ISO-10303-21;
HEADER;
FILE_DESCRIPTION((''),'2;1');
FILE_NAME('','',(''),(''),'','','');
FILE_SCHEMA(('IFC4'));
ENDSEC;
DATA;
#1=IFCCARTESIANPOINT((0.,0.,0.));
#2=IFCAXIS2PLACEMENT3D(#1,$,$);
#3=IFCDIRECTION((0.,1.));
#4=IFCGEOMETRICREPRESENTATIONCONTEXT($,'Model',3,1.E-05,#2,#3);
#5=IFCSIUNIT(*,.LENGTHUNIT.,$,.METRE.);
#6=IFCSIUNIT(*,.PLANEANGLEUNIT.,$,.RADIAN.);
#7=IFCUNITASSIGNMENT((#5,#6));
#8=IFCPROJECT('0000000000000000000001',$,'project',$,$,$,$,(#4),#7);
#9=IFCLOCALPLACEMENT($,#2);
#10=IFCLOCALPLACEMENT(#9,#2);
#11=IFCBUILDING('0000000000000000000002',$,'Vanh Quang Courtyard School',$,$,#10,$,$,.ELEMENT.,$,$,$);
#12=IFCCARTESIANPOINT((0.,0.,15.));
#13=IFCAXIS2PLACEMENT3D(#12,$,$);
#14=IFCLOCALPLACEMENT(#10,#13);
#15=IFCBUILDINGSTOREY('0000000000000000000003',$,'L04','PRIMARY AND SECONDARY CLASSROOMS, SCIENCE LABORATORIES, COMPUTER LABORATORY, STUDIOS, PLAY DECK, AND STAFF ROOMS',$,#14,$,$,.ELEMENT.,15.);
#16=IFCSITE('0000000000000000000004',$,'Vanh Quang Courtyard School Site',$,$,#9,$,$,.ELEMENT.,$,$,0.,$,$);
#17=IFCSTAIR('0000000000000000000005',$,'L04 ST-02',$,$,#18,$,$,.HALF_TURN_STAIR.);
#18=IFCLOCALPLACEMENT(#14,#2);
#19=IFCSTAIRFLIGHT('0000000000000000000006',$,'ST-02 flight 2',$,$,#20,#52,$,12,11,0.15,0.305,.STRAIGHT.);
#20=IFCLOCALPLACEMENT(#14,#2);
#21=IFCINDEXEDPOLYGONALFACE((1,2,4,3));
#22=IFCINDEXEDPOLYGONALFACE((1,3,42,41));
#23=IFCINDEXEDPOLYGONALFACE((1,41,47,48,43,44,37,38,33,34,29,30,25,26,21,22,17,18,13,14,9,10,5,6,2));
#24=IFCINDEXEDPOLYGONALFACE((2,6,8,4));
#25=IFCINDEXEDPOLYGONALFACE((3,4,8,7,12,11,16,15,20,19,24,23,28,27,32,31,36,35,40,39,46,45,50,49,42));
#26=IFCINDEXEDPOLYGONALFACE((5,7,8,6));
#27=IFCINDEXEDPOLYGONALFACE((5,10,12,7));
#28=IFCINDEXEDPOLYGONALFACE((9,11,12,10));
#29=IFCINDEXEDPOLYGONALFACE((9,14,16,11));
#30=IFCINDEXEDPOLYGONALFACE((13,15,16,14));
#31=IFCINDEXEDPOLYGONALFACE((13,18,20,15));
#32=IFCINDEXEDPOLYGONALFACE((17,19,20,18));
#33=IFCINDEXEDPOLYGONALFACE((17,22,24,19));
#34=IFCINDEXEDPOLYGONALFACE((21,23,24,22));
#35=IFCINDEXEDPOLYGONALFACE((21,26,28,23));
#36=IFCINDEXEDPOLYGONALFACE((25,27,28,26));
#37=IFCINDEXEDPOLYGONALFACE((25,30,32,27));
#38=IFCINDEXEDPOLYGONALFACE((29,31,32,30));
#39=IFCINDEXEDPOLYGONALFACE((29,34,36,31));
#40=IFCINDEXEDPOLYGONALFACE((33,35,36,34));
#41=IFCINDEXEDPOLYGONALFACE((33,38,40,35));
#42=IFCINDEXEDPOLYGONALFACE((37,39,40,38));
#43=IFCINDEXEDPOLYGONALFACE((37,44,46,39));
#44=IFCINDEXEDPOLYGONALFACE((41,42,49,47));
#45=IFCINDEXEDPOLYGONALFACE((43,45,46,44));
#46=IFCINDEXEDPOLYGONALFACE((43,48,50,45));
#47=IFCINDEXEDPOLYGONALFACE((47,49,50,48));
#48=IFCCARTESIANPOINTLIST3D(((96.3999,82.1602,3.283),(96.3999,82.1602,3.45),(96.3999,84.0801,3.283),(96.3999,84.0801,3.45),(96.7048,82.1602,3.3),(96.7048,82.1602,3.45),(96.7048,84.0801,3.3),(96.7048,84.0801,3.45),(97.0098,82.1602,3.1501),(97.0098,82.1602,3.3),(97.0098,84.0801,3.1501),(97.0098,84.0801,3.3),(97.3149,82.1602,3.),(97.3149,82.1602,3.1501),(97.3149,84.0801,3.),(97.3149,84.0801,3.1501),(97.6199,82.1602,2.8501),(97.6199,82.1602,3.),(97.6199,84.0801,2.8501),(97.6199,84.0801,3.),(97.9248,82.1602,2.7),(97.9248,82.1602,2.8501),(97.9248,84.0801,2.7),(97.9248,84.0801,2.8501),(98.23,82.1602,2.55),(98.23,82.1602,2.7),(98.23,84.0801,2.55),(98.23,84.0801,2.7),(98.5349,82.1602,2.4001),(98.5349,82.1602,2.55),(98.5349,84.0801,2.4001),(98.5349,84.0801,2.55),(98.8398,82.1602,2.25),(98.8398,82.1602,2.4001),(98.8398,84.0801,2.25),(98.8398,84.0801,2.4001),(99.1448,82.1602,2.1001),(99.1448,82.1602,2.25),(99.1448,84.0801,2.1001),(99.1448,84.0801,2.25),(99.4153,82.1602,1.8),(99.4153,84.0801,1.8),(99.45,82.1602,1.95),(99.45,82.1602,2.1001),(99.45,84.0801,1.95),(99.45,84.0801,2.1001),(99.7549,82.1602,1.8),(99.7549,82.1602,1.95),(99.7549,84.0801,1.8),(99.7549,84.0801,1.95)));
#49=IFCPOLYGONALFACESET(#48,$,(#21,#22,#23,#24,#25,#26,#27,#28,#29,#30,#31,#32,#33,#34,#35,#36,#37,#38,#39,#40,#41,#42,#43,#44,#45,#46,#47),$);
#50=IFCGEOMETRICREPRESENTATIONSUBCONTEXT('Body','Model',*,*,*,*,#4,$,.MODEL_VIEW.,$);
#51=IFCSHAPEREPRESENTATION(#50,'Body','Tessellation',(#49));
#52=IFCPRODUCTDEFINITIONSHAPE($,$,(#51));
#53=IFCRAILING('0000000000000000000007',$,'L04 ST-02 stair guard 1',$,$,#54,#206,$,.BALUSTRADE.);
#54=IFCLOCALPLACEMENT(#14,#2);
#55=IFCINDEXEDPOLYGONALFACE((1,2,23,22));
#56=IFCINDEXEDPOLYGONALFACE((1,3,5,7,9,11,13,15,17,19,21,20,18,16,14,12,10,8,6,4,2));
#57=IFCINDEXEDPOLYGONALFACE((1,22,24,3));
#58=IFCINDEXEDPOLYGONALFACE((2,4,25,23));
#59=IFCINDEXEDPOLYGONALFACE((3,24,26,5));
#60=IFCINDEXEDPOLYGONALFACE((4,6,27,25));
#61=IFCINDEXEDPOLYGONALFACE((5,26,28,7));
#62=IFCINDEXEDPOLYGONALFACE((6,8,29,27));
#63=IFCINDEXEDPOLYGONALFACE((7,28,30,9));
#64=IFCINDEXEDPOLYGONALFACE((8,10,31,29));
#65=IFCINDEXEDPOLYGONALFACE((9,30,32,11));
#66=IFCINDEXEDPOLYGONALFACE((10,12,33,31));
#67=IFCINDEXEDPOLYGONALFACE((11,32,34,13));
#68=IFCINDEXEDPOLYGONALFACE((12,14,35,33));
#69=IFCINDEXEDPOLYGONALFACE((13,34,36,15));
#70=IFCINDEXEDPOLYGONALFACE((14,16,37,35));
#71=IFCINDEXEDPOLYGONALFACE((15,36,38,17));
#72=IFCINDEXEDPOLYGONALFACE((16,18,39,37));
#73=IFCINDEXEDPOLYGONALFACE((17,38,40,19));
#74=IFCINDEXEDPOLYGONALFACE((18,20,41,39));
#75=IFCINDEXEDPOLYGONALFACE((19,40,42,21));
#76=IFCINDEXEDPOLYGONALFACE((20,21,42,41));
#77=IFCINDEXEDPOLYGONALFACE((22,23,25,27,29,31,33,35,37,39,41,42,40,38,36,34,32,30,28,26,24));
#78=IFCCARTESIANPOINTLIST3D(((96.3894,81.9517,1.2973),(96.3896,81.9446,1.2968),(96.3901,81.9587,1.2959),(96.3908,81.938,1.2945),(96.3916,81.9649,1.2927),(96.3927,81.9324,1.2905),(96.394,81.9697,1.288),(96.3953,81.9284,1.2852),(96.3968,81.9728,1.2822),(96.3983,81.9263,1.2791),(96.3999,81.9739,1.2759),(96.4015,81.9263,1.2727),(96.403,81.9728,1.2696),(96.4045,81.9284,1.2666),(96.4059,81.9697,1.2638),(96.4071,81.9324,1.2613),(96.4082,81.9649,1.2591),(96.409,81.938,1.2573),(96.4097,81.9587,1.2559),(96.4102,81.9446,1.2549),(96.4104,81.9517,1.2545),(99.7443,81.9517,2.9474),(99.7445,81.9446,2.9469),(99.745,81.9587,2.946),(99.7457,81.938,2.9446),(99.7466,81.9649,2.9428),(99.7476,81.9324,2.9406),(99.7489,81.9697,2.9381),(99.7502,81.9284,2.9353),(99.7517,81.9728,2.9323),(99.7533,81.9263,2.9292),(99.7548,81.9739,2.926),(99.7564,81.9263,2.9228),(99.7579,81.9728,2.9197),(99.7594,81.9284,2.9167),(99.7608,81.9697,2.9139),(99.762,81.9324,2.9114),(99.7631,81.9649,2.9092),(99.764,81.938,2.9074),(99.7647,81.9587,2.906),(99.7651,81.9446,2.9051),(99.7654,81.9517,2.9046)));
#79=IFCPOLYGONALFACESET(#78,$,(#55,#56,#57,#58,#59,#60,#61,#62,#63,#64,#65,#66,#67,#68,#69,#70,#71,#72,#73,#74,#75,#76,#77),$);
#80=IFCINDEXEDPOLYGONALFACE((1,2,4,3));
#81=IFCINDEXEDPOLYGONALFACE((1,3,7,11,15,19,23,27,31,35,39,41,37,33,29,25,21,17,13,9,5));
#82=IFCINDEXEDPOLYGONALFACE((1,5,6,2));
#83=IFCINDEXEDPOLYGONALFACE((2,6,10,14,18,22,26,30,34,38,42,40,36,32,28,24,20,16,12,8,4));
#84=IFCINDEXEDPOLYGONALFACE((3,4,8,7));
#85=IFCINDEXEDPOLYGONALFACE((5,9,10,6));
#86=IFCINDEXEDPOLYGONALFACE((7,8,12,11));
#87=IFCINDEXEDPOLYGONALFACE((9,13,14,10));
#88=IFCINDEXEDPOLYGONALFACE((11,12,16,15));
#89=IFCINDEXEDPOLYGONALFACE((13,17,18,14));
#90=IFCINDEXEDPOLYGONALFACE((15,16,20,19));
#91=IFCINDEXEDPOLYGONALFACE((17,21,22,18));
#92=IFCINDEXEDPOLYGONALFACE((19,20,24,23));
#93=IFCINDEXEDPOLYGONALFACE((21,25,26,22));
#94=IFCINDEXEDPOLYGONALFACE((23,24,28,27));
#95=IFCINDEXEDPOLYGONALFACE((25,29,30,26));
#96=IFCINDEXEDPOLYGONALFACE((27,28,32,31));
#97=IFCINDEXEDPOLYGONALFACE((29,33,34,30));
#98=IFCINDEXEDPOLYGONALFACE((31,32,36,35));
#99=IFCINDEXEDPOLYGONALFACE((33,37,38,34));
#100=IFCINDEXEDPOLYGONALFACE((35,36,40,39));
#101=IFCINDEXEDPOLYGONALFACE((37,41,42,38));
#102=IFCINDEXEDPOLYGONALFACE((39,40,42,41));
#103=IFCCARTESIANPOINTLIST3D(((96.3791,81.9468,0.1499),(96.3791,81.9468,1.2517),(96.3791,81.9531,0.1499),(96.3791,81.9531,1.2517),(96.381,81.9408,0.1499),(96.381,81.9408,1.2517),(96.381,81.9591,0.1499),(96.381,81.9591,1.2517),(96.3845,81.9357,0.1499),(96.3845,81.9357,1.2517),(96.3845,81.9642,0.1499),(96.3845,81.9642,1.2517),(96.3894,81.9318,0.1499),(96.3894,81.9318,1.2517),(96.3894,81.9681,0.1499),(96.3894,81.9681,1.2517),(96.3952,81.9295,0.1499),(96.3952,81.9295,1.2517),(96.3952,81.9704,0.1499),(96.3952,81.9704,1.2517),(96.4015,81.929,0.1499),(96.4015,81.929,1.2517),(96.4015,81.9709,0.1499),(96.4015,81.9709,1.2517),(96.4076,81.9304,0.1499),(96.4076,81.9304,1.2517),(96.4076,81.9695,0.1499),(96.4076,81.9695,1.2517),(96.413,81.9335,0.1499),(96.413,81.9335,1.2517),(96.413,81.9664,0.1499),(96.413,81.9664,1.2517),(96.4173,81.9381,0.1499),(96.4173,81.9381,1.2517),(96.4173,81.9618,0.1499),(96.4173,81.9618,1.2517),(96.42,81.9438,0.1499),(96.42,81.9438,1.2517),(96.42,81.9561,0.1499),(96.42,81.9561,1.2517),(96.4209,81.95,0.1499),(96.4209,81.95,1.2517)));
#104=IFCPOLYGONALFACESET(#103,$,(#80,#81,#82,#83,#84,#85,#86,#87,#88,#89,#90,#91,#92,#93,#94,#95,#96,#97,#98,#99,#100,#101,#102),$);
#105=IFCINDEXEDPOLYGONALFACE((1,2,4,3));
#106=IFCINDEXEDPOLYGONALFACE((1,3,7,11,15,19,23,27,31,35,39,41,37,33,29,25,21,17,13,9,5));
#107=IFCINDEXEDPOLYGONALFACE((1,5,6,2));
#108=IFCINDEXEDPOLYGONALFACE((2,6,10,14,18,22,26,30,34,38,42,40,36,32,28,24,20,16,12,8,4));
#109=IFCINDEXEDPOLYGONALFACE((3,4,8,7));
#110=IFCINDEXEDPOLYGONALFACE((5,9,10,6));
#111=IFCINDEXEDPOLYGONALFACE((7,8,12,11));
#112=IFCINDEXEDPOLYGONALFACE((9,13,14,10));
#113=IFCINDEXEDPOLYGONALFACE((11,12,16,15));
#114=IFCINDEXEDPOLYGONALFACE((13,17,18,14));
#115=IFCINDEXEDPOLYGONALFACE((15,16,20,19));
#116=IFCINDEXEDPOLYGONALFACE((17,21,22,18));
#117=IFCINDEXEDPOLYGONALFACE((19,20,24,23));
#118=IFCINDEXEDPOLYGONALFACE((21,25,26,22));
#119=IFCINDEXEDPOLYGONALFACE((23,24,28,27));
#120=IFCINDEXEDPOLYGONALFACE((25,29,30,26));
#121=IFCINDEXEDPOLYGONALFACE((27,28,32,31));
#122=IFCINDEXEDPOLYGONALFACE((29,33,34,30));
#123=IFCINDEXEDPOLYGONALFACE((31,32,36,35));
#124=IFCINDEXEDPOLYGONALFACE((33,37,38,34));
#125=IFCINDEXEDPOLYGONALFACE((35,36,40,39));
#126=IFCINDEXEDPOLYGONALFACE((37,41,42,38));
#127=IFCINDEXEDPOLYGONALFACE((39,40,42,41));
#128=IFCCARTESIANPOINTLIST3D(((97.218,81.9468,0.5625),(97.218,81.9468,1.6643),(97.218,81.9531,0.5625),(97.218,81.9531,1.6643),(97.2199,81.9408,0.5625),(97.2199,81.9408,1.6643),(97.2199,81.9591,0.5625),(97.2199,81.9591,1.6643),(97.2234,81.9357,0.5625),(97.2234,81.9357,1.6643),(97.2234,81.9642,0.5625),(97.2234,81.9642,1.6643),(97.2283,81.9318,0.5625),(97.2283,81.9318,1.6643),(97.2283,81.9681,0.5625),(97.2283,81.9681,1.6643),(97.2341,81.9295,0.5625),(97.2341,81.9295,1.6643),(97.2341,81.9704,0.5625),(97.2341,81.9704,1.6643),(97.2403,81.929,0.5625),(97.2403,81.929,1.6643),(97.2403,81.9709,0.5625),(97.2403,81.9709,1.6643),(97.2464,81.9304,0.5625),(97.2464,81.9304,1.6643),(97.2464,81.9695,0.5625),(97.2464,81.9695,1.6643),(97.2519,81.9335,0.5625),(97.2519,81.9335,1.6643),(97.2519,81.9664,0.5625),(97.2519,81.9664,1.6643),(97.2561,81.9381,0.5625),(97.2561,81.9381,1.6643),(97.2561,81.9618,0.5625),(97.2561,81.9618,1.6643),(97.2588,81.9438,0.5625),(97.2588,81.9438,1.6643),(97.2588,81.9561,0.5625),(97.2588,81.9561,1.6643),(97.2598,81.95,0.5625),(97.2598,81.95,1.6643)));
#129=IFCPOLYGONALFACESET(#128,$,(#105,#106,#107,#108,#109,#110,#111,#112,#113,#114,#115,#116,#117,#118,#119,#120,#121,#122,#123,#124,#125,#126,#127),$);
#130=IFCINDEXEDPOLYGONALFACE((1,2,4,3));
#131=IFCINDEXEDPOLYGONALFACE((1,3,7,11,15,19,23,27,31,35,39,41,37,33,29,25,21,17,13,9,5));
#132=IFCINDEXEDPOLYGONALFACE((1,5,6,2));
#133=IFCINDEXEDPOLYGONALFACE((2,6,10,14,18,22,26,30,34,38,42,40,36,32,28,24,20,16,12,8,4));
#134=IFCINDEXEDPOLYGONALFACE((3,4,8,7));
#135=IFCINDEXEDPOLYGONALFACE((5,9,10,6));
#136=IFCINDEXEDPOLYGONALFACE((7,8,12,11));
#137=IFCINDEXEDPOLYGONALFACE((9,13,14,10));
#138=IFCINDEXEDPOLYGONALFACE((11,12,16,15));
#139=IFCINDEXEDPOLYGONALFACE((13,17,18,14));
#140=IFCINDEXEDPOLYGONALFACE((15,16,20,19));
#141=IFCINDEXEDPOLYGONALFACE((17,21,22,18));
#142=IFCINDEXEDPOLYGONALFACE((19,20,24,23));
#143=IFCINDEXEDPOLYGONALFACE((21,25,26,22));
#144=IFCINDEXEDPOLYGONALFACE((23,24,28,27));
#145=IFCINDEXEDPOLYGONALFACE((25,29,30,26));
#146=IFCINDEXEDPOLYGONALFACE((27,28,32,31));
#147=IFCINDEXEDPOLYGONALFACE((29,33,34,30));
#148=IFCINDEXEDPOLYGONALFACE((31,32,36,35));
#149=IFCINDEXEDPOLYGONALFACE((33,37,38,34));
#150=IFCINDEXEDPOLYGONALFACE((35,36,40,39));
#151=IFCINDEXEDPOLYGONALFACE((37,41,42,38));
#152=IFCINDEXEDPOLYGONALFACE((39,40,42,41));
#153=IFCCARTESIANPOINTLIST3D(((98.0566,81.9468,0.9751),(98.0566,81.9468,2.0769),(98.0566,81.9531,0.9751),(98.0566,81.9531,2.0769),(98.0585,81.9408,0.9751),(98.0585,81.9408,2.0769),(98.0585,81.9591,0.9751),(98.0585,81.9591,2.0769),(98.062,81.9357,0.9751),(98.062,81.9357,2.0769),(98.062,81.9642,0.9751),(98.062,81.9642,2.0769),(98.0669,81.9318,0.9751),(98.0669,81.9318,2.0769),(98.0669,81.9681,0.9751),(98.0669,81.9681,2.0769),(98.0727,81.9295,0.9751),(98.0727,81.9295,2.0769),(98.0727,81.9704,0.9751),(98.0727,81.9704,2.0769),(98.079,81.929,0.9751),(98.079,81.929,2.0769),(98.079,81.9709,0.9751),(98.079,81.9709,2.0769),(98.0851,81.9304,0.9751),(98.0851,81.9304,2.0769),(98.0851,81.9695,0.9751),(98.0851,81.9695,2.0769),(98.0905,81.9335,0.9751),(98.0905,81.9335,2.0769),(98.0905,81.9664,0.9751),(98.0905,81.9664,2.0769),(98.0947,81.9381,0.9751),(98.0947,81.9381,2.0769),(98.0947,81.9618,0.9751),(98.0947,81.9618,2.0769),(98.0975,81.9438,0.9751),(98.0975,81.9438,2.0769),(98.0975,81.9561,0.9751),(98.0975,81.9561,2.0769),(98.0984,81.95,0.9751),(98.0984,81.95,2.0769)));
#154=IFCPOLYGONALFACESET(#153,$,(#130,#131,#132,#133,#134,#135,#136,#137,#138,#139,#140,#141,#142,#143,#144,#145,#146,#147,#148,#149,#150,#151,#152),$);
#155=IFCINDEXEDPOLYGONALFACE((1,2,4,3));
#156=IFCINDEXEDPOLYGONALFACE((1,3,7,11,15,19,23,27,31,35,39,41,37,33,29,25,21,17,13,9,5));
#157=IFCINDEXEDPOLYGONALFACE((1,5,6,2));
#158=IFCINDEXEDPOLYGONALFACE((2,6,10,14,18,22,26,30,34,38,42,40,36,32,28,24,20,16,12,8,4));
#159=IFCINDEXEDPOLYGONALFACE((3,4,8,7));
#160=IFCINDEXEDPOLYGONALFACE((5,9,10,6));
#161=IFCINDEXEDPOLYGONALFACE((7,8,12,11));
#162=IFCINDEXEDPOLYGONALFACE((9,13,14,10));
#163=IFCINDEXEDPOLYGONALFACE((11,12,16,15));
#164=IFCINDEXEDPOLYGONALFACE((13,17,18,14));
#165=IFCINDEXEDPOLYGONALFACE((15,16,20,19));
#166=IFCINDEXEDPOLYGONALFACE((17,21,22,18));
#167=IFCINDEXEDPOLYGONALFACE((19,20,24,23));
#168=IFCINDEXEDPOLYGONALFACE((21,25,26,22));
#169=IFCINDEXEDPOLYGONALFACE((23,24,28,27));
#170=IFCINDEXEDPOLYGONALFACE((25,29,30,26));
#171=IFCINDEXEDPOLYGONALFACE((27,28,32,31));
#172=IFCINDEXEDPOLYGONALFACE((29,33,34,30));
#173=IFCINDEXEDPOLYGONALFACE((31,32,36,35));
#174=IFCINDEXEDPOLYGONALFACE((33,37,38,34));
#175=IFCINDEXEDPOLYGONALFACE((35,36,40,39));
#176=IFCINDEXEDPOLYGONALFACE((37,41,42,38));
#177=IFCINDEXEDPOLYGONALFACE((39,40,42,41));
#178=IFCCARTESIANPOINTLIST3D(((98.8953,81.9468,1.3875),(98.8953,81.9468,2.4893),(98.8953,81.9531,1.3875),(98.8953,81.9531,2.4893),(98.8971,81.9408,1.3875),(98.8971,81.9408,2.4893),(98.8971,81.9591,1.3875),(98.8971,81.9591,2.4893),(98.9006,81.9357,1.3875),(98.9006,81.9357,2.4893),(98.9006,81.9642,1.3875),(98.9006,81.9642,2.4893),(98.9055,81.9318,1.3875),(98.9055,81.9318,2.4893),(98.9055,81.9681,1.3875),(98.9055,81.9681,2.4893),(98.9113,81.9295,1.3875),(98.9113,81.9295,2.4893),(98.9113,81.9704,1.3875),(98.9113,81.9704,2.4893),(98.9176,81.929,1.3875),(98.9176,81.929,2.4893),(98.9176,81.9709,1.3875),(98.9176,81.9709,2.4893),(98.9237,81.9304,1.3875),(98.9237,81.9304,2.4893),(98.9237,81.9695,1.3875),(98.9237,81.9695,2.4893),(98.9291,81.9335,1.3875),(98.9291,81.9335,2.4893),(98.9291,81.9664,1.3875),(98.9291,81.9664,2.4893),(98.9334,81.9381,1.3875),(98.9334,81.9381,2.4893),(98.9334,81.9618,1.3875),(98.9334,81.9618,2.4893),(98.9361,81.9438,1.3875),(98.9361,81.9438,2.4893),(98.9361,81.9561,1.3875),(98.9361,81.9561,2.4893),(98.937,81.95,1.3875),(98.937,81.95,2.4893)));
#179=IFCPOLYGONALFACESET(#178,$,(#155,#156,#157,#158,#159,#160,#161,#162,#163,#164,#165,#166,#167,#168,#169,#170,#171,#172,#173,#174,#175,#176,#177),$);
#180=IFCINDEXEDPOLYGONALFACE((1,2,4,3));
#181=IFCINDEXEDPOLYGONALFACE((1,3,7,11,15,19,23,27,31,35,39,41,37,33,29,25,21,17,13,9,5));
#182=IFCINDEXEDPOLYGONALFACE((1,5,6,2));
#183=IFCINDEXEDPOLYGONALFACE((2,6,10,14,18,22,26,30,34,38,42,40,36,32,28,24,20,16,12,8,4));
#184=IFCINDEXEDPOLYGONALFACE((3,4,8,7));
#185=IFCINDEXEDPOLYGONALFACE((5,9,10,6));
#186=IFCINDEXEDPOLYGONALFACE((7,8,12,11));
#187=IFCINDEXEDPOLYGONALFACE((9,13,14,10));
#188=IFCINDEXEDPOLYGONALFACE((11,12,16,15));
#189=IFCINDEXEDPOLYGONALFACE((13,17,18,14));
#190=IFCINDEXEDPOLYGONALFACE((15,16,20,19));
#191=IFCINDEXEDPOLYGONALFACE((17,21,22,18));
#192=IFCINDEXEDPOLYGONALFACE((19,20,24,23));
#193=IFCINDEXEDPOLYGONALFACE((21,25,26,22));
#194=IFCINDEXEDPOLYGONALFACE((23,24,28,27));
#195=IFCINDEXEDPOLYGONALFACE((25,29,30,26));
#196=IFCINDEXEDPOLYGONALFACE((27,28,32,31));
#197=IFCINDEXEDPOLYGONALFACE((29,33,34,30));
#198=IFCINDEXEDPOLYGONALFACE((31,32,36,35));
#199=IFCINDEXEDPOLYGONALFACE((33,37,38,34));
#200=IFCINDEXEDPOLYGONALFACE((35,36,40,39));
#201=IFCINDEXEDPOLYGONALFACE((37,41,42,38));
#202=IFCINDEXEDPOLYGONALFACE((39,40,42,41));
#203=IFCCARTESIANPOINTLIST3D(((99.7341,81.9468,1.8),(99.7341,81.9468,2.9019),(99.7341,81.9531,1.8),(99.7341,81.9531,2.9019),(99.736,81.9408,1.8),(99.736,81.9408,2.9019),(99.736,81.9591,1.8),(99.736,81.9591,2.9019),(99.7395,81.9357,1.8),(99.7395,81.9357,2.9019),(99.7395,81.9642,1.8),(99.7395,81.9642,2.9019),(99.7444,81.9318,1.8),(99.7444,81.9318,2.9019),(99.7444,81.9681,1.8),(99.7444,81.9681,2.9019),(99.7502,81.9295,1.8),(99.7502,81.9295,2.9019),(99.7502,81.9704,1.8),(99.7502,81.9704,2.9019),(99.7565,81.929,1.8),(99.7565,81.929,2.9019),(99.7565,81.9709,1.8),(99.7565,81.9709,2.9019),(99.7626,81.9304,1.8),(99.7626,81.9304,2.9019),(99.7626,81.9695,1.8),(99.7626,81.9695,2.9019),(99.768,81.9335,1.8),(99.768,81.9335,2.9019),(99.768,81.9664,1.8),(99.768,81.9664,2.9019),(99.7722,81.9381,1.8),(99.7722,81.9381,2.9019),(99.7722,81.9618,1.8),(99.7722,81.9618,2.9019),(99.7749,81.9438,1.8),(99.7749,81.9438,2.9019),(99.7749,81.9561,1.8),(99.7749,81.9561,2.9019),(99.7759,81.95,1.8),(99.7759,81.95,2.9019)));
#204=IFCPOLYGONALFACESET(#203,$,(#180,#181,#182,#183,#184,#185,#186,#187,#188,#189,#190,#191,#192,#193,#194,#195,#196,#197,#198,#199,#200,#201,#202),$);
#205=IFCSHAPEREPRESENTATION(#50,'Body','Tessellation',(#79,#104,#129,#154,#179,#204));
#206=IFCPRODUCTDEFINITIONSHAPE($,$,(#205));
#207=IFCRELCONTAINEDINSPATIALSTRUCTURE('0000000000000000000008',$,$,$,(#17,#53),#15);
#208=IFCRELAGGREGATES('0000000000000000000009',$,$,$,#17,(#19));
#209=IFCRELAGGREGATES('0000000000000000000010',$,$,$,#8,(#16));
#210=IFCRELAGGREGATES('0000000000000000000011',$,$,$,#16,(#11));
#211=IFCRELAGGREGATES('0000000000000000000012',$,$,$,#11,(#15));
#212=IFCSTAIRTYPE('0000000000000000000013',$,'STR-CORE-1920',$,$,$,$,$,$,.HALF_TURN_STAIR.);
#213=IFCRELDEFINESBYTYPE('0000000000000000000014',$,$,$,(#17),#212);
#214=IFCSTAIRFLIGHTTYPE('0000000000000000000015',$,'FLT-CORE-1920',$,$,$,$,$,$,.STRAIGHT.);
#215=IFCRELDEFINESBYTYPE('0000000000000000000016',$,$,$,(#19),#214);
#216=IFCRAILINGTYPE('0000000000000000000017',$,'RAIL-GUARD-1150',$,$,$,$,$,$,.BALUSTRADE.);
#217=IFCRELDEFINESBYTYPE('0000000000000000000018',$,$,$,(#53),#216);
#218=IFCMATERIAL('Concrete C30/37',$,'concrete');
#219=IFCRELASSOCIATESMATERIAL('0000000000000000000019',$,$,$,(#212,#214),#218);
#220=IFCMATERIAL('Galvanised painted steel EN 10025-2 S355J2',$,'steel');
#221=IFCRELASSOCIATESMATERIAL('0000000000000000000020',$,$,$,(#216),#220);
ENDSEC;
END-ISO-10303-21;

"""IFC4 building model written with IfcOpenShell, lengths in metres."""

from ifc_helpers import new_model, si_unit, direction, frame, origin, origin_2d, place, context, subcontext, project, spatial, polyline, circle, outline, extrude, material, type_object, element, aggregate, save


model = new_model("IFC4")

# Units and contexts
model_context = context("Model", 3, precision=1e-05, world=origin(), true_north=direction((0.0, 1.0)))
body_context = subcontext(model_context, "Body", "Model", "MODEL_VIEW")
ifc_project = project(units=[si_unit("LENGTHUNIT", "METRE"), si_unit("PLANEANGLEUNIT", "RADIAN")], contexts=[model_context])

# Site, building, storey
site_placement = place(None, origin())
site = spatial("IfcSite", under=ifc_project, at=site_placement, Name="Vanh Quang Courtyard School Site", CompositionType="ELEMENT", RefElevation=0.0)
building_placement = place(site_placement, origin())
building = spatial("IfcBuilding", under=site, at=building_placement, Name="Vanh Quang Courtyard School", CompositionType="ELEMENT")
storey_placement = place(building_placement, frame((0.0, 0.0, 15.0)))
storey = spatial("IfcBuildingStorey", under=building, at=storey_placement, Name="L04", Description="PRIMARY AND SECONDARY CLASSROOMS, SCIENCE LABORATORIES, COMPUTER LABORATORY, STUDIOS, PLAY DECK, AND STAFF ROOMS", CompositionType="ELEMENT", Elevation=15.0)

# Stair, stair flight
ifc_material_1 = material(Name="Concrete C30/37", Category="concrete")
stair_type = type_object("IfcStairType", Name="STR-CORE-1920", PredefinedType="HALF_TURN_STAIR", material=ifc_material_1)
stair_placement = place(storey_placement, origin())
stair = element("IfcStair", 1, at=stair_placement, inside=storey, type_object=stair_type, Name="L04 ST-02", PredefinedType="HALF_TURN_STAIR")
stair_flight_type = type_object("IfcStairFlightType", Name="FLT-CORE-1920", PredefinedType="STRAIGHT", material=ifc_material_1)
stair_flight_1_placement = place(storey_placement, frame((99.7549, 83.1201, 1.8), z_axis=(0.0, 0.0, 1.0), x_axis=(-1.0, 0.0, 0.0)))
stair_flight_1 = element("IfcStairFlight", 2, at=stair_flight_1_placement, type_object=stair_flight_type, Name="ST-02 flight 2", NumberOfRisers=12, NumberOfTreads=11, PredefinedType="STRAIGHT", RiserHeight=0.15, TreadLength=0.305, context=body_context, shape_type="SweptSolid", body=[
    extrude(outline(polyline([(0.0, 0.0), (0.0, 0.1499), (0.3049, 0.1499), (0.3049, 0.3), (0.6101, 0.3), (0.6101, 0.45), (0.915, 0.45), (0.915, 0.6001), (1.22, 0.6001), (1.22, 0.75), (1.5249, 0.75), (1.5249, 0.8999), (1.8301, 0.8999), (1.8301, 1.05), (2.135, 1.05), (2.135, 1.2), (2.4399, 1.2), (2.4399, 1.3501), (2.7451, 1.3501), (2.7451, 1.5), (3.05, 1.5), (3.05, 1.6499), (3.355, 1.6499), (3.355, 1.8), (3.355, 1.4829), (0.3396, 0.0), (0.0, 0.0)])), frame((0.0, 0.96, 0.0), z_axis=(0.0, -1.0, 0.0), x_axis=(1.0, 0.0, 0.0)), (0.0, 0.0, 1.0), 1.9199),
])
aggregate(stair, [stair_flight_1])

# Railing
ifc_material_2 = material(Name="Galvanised painted steel EN 10025-2 S355J2", Category="steel")
railing_type_1 = type_object("IfcRailingType", Name="RAIL-GUARD-1150", PredefinedType="BALUSTRADE", material=ifc_material_2)
railing_1_placement = place(storey_placement, frame((96.3999, 81.95, 0.1499)))
element("IfcRailing", 3, at=railing_1_placement, inside=storey, type_object=railing_type_1, Name="L04 ST-02 stair guard 1", PredefinedType="BALUSTRADE", context=body_context, shape_type="SweptSolid", body=[
    extrude(circle(Radius=0.0239, at=origin_2d()), frame((0.0, 0.0, 1.126), z_axis=(0.897333, 0.0, 0.441353), x_axis=(0.0, 1.0, 0.0)), (0.0, 0.0, 1.0), 3.7388),
    extrude(circle(Radius=0.021, at=origin_2d()), origin(), (0.0, 0.0, 1.0), 1.1018),
    extrude(circle(Radius=0.021, at=origin_2d()), frame((0.8389, 0.0, 0.4126)), (0.0, 0.0, 1.0), 1.1018),
    extrude(circle(Radius=0.021, at=origin_2d()), frame((1.6775, 0.0, 0.8252)), (0.0, 0.0, 1.0), 1.1018),
    extrude(circle(Radius=0.021, at=origin_2d()), frame((2.5161, 0.0, 1.2375)), (0.0, 0.0, 1.0), 1.1018),
    extrude(circle(Radius=0.021, at=origin_2d()), frame((3.355, 0.0, 1.6501)), (0.0, 0.0, 1.0), 1.1018),
])

save(model, "model.ifc")
